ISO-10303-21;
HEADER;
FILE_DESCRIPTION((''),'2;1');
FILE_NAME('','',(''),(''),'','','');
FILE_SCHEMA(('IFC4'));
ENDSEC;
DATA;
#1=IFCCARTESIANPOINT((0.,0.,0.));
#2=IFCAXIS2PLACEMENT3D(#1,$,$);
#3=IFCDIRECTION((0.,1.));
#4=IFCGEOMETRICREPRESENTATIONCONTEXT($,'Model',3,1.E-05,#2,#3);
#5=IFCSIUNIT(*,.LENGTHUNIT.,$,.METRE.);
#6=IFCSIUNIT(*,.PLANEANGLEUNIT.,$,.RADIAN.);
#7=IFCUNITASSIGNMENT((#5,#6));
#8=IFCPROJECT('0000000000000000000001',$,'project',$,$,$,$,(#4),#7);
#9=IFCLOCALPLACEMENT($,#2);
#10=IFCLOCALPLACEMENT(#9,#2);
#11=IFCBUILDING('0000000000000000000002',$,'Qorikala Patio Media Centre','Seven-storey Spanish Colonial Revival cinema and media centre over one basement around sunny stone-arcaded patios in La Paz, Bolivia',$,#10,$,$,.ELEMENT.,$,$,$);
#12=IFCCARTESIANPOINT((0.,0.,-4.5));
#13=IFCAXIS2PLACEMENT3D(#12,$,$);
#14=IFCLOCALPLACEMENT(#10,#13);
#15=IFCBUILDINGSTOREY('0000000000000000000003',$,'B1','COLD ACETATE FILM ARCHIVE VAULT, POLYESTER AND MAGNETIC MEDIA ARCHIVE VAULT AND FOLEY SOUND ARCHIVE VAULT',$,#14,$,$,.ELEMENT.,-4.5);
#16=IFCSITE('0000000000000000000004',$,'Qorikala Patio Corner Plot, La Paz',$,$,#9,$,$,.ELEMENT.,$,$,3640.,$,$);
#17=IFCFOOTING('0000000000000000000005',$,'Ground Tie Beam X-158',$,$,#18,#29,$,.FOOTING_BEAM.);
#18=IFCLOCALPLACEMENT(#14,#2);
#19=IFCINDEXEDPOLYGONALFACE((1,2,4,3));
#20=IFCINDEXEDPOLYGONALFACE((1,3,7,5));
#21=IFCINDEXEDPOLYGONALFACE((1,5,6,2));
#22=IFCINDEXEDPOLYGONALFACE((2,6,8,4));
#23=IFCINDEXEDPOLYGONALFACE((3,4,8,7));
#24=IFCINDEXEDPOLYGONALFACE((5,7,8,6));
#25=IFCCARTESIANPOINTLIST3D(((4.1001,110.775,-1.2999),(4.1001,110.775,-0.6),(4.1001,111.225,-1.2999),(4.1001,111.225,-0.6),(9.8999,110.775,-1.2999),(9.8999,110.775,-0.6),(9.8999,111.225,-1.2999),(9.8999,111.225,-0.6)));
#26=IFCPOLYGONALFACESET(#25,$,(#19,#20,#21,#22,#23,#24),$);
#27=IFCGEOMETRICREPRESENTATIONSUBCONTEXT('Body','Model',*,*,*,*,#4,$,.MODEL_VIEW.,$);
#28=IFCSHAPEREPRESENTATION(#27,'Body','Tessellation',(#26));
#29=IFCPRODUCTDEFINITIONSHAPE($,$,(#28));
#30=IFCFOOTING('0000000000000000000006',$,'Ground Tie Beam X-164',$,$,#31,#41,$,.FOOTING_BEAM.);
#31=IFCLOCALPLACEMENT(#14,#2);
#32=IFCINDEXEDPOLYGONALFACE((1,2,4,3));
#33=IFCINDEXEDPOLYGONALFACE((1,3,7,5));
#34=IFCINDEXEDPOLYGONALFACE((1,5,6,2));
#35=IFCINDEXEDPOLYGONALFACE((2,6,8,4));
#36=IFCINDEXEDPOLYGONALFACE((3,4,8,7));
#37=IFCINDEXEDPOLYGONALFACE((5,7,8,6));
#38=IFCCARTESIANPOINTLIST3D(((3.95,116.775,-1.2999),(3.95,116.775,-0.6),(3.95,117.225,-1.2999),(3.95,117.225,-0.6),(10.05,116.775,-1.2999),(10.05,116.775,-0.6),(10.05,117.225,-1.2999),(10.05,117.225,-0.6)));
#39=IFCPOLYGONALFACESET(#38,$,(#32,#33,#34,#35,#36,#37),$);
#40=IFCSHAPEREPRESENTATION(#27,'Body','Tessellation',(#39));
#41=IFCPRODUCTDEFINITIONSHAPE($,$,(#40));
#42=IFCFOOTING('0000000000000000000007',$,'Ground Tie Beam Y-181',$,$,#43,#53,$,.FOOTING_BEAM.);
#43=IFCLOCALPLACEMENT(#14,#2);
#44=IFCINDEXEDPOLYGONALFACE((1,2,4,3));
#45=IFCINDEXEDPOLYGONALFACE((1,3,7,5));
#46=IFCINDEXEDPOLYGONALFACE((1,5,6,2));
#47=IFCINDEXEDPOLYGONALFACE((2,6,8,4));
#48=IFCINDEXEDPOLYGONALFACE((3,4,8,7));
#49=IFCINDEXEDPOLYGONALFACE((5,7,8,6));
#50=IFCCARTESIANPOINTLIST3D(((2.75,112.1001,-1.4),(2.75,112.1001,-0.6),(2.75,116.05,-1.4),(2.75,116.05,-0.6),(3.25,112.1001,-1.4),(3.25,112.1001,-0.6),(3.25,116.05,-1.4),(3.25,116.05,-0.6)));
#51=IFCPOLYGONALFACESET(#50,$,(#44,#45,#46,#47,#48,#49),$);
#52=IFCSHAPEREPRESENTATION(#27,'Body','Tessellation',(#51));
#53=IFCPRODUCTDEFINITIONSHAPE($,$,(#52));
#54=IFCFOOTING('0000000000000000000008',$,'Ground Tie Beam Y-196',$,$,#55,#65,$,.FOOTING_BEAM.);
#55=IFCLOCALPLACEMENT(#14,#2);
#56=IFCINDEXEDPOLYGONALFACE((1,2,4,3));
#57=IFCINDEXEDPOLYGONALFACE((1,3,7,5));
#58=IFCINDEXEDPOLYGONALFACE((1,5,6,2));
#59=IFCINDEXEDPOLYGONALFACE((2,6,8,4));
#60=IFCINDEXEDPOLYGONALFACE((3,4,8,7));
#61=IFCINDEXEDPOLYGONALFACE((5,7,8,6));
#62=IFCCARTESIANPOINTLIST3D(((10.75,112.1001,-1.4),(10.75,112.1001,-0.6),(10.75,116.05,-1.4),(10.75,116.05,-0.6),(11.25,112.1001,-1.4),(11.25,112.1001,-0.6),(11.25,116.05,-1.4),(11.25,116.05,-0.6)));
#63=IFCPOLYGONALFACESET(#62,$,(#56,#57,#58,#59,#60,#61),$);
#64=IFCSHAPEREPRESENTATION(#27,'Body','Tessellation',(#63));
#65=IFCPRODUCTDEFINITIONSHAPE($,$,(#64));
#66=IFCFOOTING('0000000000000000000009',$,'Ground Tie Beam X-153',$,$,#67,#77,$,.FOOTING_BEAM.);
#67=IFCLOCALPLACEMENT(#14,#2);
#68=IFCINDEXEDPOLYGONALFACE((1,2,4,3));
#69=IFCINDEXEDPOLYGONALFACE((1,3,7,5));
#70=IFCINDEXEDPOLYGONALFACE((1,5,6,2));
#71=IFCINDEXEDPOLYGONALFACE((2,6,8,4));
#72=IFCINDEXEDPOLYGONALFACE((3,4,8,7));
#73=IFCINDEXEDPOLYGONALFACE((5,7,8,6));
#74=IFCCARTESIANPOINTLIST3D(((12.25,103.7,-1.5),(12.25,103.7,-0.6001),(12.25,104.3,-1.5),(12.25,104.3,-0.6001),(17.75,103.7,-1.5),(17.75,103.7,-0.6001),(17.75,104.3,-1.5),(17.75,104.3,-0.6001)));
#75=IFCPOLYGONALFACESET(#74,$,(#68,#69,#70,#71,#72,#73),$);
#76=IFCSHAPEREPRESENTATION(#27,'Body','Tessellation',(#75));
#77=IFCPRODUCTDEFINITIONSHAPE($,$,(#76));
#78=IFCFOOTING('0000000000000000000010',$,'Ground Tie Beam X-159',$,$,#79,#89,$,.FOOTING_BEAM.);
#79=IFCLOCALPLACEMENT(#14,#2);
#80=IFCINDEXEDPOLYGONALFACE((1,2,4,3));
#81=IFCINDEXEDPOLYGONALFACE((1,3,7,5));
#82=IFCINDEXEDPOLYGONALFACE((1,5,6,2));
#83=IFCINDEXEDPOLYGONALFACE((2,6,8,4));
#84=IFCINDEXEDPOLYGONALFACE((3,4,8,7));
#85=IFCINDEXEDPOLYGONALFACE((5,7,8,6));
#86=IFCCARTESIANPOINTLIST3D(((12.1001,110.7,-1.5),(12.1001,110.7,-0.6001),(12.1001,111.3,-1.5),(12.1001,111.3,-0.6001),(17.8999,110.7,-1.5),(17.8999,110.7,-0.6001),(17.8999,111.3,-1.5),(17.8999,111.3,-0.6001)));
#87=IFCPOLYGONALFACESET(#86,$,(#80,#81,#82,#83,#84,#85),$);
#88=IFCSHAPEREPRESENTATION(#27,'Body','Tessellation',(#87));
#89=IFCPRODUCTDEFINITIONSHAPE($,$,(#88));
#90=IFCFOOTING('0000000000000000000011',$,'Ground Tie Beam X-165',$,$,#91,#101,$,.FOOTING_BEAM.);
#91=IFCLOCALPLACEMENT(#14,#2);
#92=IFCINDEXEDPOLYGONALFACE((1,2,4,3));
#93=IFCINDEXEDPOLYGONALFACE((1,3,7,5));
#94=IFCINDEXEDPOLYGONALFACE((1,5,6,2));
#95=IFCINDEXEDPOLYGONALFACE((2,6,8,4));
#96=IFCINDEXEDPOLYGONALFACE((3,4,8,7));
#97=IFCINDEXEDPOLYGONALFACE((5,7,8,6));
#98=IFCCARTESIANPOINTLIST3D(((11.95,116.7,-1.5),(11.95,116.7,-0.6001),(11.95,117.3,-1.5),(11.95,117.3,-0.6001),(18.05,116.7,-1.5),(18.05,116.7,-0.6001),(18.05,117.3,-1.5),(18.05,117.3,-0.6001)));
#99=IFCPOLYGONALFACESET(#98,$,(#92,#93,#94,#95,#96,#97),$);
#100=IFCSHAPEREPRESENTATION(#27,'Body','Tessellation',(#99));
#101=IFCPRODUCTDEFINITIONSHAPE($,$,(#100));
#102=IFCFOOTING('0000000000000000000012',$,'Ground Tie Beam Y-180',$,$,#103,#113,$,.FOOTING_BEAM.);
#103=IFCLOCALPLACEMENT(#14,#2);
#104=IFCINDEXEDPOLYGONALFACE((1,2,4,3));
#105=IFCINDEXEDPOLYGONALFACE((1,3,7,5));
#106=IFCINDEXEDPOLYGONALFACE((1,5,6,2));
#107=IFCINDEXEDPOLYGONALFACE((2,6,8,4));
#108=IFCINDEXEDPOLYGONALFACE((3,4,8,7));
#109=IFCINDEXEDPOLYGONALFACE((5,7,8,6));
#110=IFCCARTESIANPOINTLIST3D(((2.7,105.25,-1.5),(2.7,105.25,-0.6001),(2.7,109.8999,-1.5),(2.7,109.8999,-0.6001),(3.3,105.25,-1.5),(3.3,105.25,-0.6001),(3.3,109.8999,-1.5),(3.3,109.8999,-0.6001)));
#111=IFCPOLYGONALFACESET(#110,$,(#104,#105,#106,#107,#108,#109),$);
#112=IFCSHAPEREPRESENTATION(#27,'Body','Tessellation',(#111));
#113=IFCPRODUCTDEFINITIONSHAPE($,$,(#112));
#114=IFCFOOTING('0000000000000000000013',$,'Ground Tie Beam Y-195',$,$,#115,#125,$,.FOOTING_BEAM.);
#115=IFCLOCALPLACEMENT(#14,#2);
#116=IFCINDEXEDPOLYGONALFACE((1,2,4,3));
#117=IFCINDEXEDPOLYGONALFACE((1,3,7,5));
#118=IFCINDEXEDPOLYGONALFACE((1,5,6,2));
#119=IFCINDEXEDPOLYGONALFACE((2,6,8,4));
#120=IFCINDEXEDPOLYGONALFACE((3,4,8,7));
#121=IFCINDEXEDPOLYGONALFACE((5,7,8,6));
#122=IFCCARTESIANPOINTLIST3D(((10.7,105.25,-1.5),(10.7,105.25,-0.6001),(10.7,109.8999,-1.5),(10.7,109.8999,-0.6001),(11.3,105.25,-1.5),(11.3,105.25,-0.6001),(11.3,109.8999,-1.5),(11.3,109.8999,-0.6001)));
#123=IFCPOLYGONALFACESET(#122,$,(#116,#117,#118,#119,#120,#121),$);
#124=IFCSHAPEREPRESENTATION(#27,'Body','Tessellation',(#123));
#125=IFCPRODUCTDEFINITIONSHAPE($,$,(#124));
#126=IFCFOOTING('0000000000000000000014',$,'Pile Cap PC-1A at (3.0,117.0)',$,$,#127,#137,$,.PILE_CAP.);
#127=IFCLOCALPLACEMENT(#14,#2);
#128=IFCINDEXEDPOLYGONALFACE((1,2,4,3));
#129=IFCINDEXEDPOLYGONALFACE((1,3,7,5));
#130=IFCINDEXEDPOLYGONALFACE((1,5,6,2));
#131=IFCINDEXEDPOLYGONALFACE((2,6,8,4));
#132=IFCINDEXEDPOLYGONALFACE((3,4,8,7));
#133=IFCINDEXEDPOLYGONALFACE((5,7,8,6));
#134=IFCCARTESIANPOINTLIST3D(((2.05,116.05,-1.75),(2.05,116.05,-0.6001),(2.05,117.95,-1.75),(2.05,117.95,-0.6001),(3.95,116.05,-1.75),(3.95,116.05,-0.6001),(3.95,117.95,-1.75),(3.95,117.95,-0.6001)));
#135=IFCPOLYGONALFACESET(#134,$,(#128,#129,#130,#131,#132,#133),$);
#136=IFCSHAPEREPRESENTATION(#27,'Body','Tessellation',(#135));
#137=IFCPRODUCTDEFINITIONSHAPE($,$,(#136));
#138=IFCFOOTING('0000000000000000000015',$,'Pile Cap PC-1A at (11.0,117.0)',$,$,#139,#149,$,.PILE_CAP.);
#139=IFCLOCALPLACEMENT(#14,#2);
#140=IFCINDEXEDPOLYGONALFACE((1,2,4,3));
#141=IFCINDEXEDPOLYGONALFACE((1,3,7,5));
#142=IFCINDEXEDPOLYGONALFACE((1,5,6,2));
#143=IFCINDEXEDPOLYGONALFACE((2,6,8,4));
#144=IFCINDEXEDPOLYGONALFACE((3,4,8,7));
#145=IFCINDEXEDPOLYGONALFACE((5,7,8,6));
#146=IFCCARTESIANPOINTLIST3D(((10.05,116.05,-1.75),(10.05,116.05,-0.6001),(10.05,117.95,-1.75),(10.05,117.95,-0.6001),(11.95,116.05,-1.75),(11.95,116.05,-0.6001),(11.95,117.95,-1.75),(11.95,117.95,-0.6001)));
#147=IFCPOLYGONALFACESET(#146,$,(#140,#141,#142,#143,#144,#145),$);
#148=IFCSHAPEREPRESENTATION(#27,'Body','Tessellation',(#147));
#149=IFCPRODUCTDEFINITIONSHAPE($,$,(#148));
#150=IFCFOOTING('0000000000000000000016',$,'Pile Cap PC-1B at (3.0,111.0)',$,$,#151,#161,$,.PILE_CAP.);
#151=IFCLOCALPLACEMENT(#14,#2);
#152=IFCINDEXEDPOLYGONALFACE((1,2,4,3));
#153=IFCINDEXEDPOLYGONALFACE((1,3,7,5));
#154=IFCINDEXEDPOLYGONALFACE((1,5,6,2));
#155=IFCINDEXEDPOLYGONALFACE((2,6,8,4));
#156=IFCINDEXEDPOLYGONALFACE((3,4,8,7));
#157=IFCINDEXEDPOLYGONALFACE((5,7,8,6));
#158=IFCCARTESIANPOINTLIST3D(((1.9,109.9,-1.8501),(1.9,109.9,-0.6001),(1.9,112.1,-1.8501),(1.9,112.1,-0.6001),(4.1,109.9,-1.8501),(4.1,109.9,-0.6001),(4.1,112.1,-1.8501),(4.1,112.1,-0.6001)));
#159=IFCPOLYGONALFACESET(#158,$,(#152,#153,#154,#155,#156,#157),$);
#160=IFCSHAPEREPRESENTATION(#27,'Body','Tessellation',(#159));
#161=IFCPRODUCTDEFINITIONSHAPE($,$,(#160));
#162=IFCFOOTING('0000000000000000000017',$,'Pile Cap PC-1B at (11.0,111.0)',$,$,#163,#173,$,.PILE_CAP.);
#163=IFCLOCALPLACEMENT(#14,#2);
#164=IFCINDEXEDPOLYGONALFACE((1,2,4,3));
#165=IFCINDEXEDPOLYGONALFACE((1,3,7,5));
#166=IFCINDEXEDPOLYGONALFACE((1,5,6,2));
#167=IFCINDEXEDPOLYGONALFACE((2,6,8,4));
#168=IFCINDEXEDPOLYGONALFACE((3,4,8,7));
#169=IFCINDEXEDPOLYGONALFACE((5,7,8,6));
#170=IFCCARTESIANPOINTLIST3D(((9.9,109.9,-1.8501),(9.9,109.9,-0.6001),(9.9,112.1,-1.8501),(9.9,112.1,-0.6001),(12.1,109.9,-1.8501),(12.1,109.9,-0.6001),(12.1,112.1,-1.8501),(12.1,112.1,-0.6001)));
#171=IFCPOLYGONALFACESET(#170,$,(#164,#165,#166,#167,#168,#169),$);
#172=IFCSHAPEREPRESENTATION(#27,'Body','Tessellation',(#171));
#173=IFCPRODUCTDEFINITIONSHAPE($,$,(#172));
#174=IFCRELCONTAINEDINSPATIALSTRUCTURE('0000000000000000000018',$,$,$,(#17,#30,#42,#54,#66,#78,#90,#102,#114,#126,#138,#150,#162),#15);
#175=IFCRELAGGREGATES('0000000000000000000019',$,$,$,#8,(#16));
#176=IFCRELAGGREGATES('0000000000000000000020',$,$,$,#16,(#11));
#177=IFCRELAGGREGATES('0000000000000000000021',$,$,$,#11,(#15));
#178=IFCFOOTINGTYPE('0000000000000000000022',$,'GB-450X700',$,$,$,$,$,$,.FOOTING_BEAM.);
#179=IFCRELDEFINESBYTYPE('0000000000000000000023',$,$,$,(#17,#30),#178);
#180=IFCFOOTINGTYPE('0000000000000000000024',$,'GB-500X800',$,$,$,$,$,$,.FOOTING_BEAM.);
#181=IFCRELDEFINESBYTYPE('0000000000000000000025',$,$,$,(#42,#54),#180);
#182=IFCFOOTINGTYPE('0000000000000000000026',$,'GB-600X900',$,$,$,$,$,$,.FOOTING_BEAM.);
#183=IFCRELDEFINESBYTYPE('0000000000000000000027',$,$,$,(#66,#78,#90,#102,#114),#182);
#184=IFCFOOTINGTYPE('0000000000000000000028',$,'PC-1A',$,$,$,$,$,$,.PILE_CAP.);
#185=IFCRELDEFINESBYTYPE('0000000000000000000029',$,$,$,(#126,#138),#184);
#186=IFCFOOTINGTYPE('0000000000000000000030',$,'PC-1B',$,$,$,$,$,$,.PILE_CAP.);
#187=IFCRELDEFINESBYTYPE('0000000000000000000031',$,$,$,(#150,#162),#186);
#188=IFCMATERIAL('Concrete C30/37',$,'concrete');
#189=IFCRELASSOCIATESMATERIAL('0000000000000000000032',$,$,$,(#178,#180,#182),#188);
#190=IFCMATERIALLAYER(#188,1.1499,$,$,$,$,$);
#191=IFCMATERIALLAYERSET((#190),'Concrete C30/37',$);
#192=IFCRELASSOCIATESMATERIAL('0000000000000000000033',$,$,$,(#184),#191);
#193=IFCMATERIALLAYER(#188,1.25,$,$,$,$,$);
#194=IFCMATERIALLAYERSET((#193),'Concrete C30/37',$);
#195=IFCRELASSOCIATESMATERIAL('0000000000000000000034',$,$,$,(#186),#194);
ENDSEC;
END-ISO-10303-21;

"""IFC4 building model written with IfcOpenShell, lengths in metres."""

from ifc_helpers import new_model, si_unit, direction, frame, origin, origin_2d, place, context, subcontext, project, spatial, rectangle, extrude, material, layer, layer_set, material_profile, profile_set, type_object, element, save


model = new_model("IFC4")

# Units and contexts
model_context = context("Model", 3, precision=1e-05, world=origin(), true_north=direction((0.0, 1.0)))
body_context = subcontext(model_context, "Body", "Model", "MODEL_VIEW")
ifc_project = project(units=[si_unit("LENGTHUNIT", "METRE"), si_unit("PLANEANGLEUNIT", "RADIAN")], contexts=[model_context])

# Site, building, storey
site_placement = place(None, origin())
site = spatial("IfcSite", under=ifc_project, at=site_placement, Name="Qorikala Patio Corner Plot, La Paz", CompositionType="ELEMENT", RefElevation=3640.0)
building_placement = place(site_placement, origin())
building = spatial("IfcBuilding", under=site, at=building_placement, Name="Qorikala Patio Media Centre", Description="Seven-storey Spanish Colonial Revival cinema and media centre over one basement around sunny stone-arcaded patios in La Paz, Bolivia", CompositionType="ELEMENT")
storey_placement = place(building_placement, frame((0.0, 0.0, -4.5)))
storey = spatial("IfcBuildingStorey", under=building, at=storey_placement, Name="B1", Description="COLD ACETATE FILM ARCHIVE VAULT, POLYESTER AND MAGNETIC MEDIA ARCHIVE VAULT AND FOLEY SOUND ARCHIVE VAULT", CompositionType="ELEMENT", Elevation=-4.5)

# Footings
ifc_material_1 = material(Name="Concrete C30/37", Category="concrete")
ifc_material_profile_1 = material_profile(ifc_material_1, rectangle(XDim=0.45, YDim=0.7, at=origin_2d()), Name="RC 450x700")
ifc_profile_set_1 = profile_set([ifc_material_profile_1], Name="Concrete C30/37")
footing_type_1 = type_object("IfcFootingType", Name="GB-450X700", PredefinedType="FOOTING_BEAM", material=ifc_profile_set_1)
footing_1_placement = place(storey_placement, frame((4.1001, 111.0, -0.95), z_axis=(1.0, 0.0, 0.0), x_axis=(0.0, 1.0, 0.0)))
element("IfcFooting", 1, at=footing_1_placement, inside=storey, type_object=footing_type_1, Name="Ground Tie Beam X-158", PredefinedType="FOOTING_BEAM", context=body_context, shape_type="SweptSolid", body=[
    extrude(rectangle(XDim=0.45, YDim=0.7, at=origin_2d()), origin(), (0.0, 0.0, 1.0), 5.7998),
])
footing_2_placement = place(storey_placement, frame((3.95, 117.0, -0.95), z_axis=(1.0, 0.0, 0.0), x_axis=(0.0, 1.0, 0.0)))
element("IfcFooting", 2, at=footing_2_placement, inside=storey, type_object=footing_type_1, Name="Ground Tie Beam X-164", PredefinedType="FOOTING_BEAM", context=body_context, shape_type="SweptSolid", body=[
    extrude(rectangle(XDim=0.45, YDim=0.7, at=origin_2d()), origin(), (0.0, 0.0, 1.0), 6.1001),
])
ifc_material_profile_2 = material_profile(ifc_material_1, rectangle(XDim=0.5, YDim=0.8, at=origin_2d()), Name="RC 500x800")
ifc_profile_set_2 = profile_set([ifc_material_profile_2], Name="Concrete C30/37")
footing_type_2 = type_object("IfcFootingType", Name="GB-500X800", PredefinedType="FOOTING_BEAM", material=ifc_profile_set_2)
for number, where, z_axis, x_axis, name in (
    (3, (3.0, 112.1001, -1.0), (0.0, 1.0, 0.0), (-1.0, 0.0, 0.0), "Ground Tie Beam Y-181"),
    (4, (11.0, 112.1001, -1.0), (0.0, 1.0, 0.0), (-1.0, 0.0, 0.0), "Ground Tie Beam Y-196"),
):
    element("IfcFooting", number, at=place(storey_placement, frame(where, z_axis=z_axis, x_axis=x_axis)), inside=storey, type_object=footing_type_2, Name=name, PredefinedType="FOOTING_BEAM", context=body_context, shape_type="SweptSolid", body=[
        extrude(rectangle(XDim=0.5, YDim=0.8, at=origin_2d()), origin(), (0.0, 0.0, 1.0), 3.95),
    ])
ifc_material_profile_3 = material_profile(ifc_material_1, rectangle(XDim=0.6001, YDim=0.8999, at=origin_2d()), Name="RC 600x900")
ifc_profile_set_3 = profile_set([ifc_material_profile_3], Name="Concrete C30/37")
footing_type_3 = type_object("IfcFootingType", Name="GB-600X900", PredefinedType="FOOTING_BEAM", material=ifc_profile_set_3)
footing_3_placement = place(storey_placement, frame((12.25, 104.0, -1.05), z_axis=(1.0, 0.0, 0.0), x_axis=(0.0, 1.0, 0.0)))
element("IfcFooting", 5, at=footing_3_placement, inside=storey, type_object=footing_type_3, Name="Ground Tie Beam X-153", PredefinedType="FOOTING_BEAM", context=body_context, shape_type="SweptSolid", body=[
    extrude(rectangle(XDim=0.6001, YDim=0.8999, at=origin_2d()), origin(), (0.0, 0.0, 1.0), 5.5),
])
footing_4_placement = place(storey_placement, frame((12.1001, 111.0, -1.05), z_axis=(1.0, 0.0, 0.0), x_axis=(0.0, 1.0, 0.0)))
element("IfcFooting", 6, at=footing_4_placement, inside=storey, type_object=footing_type_3, Name="Ground Tie Beam X-159", PredefinedType="FOOTING_BEAM", context=body_context, shape_type="SweptSolid", body=[
    extrude(rectangle(XDim=0.6001, YDim=0.8999, at=origin_2d()), origin(), (0.0, 0.0, 1.0), 5.7998),
])
footing_5_placement = place(storey_placement, frame((11.95, 117.0, -1.05), z_axis=(1.0, 0.0, 0.0), x_axis=(0.0, 1.0, 0.0)))
element("IfcFooting", 7, at=footing_5_placement, inside=storey, type_object=footing_type_3, Name="Ground Tie Beam X-165", PredefinedType="FOOTING_BEAM", context=body_context, shape_type="SweptSolid", body=[
    extrude(rectangle(XDim=0.6001, YDim=0.8999, at=origin_2d()), origin(), (0.0, 0.0, 1.0), 6.1001),
])
for number, where, z_axis, x_axis, name in (
    (8, (3.0, 105.25, -1.05), (0.0, 1.0, 0.0), (-1.0, 0.0, 0.0), "Ground Tie Beam Y-180"),
    (9, (11.0, 105.25, -1.05), (0.0, 1.0, 0.0), (-1.0, 0.0, 0.0), "Ground Tie Beam Y-195"),
):
    element("IfcFooting", number, at=place(storey_placement, frame(where, z_axis=z_axis, x_axis=x_axis)), inside=storey, type_object=footing_type_3, Name=name, PredefinedType="FOOTING_BEAM", context=body_context, shape_type="SweptSolid", body=[
        extrude(rectangle(XDim=0.6001, YDim=0.8999, at=origin_2d()), origin(), (0.0, 0.0, 1.0), 4.6499),
    ])
ifc_layer_1 = layer(ifc_material_1, 1.1499)
ifc_layer_set_1 = layer_set([ifc_layer_1], Name="Concrete C30/37")
footing_type_4 = type_object("IfcFootingType", Name="PC-1A", PredefinedType="PILE_CAP", material=ifc_layer_set_1)
for number, where, z_axis, x_axis, name in (
    (10, (3.0, 117.0, -1.75), (0.0, 0.0, 1.0), (1.0, 0.0, 0.0), "Pile Cap PC-1A at (3.0,117.0)"),
    (11, (11.0, 117.0, -1.75), (0.0, 0.0, 1.0), (1.0, 0.0, 0.0), "Pile Cap PC-1A at (11.0,117.0)"),
):
    element("IfcFooting", number, at=place(storey_placement, frame(where, z_axis=z_axis, x_axis=x_axis)), inside=storey, type_object=footing_type_4, Name=name, PredefinedType="PILE_CAP", context=body_context, shape_type="SweptSolid", body=[
        extrude(rectangle(XDim=1.8999, YDim=1.8999, at=origin_2d()), origin(), (0.0, 0.0, 1.0), 1.1499),
    ])
ifc_layer_2 = layer(ifc_material_1, 1.25)
ifc_layer_set_2 = layer_set([ifc_layer_2], Name="Concrete C30/37")
footing_type_5 = type_object("IfcFootingType", Name="PC-1B", PredefinedType="PILE_CAP", material=ifc_layer_set_2)
for number, where, z_axis, x_axis, name in (
    (12, (3.0, 111.0, -1.8501), (0.0, 0.0, 1.0), (1.0, 0.0, 0.0), "Pile Cap PC-1B at (3.0,111.0)"),
    (13, (11.0, 111.0, -1.8501), (0.0, 0.0, 1.0), (1.0, 0.0, 0.0), "Pile Cap PC-1B at (11.0,111.0)"),
):
    element("IfcFooting", number, at=place(storey_placement, frame(where, z_axis=z_axis, x_axis=x_axis)), inside=storey, type_object=footing_type_5, Name=name, PredefinedType="PILE_CAP", context=body_context, shape_type="SweptSolid", body=[
        extrude(rectangle(XDim=2.2, YDim=2.2, at=origin_2d()), origin(), (0.0, 0.0, 1.0), 1.25),
    ])

save(model, "model.ifc")
